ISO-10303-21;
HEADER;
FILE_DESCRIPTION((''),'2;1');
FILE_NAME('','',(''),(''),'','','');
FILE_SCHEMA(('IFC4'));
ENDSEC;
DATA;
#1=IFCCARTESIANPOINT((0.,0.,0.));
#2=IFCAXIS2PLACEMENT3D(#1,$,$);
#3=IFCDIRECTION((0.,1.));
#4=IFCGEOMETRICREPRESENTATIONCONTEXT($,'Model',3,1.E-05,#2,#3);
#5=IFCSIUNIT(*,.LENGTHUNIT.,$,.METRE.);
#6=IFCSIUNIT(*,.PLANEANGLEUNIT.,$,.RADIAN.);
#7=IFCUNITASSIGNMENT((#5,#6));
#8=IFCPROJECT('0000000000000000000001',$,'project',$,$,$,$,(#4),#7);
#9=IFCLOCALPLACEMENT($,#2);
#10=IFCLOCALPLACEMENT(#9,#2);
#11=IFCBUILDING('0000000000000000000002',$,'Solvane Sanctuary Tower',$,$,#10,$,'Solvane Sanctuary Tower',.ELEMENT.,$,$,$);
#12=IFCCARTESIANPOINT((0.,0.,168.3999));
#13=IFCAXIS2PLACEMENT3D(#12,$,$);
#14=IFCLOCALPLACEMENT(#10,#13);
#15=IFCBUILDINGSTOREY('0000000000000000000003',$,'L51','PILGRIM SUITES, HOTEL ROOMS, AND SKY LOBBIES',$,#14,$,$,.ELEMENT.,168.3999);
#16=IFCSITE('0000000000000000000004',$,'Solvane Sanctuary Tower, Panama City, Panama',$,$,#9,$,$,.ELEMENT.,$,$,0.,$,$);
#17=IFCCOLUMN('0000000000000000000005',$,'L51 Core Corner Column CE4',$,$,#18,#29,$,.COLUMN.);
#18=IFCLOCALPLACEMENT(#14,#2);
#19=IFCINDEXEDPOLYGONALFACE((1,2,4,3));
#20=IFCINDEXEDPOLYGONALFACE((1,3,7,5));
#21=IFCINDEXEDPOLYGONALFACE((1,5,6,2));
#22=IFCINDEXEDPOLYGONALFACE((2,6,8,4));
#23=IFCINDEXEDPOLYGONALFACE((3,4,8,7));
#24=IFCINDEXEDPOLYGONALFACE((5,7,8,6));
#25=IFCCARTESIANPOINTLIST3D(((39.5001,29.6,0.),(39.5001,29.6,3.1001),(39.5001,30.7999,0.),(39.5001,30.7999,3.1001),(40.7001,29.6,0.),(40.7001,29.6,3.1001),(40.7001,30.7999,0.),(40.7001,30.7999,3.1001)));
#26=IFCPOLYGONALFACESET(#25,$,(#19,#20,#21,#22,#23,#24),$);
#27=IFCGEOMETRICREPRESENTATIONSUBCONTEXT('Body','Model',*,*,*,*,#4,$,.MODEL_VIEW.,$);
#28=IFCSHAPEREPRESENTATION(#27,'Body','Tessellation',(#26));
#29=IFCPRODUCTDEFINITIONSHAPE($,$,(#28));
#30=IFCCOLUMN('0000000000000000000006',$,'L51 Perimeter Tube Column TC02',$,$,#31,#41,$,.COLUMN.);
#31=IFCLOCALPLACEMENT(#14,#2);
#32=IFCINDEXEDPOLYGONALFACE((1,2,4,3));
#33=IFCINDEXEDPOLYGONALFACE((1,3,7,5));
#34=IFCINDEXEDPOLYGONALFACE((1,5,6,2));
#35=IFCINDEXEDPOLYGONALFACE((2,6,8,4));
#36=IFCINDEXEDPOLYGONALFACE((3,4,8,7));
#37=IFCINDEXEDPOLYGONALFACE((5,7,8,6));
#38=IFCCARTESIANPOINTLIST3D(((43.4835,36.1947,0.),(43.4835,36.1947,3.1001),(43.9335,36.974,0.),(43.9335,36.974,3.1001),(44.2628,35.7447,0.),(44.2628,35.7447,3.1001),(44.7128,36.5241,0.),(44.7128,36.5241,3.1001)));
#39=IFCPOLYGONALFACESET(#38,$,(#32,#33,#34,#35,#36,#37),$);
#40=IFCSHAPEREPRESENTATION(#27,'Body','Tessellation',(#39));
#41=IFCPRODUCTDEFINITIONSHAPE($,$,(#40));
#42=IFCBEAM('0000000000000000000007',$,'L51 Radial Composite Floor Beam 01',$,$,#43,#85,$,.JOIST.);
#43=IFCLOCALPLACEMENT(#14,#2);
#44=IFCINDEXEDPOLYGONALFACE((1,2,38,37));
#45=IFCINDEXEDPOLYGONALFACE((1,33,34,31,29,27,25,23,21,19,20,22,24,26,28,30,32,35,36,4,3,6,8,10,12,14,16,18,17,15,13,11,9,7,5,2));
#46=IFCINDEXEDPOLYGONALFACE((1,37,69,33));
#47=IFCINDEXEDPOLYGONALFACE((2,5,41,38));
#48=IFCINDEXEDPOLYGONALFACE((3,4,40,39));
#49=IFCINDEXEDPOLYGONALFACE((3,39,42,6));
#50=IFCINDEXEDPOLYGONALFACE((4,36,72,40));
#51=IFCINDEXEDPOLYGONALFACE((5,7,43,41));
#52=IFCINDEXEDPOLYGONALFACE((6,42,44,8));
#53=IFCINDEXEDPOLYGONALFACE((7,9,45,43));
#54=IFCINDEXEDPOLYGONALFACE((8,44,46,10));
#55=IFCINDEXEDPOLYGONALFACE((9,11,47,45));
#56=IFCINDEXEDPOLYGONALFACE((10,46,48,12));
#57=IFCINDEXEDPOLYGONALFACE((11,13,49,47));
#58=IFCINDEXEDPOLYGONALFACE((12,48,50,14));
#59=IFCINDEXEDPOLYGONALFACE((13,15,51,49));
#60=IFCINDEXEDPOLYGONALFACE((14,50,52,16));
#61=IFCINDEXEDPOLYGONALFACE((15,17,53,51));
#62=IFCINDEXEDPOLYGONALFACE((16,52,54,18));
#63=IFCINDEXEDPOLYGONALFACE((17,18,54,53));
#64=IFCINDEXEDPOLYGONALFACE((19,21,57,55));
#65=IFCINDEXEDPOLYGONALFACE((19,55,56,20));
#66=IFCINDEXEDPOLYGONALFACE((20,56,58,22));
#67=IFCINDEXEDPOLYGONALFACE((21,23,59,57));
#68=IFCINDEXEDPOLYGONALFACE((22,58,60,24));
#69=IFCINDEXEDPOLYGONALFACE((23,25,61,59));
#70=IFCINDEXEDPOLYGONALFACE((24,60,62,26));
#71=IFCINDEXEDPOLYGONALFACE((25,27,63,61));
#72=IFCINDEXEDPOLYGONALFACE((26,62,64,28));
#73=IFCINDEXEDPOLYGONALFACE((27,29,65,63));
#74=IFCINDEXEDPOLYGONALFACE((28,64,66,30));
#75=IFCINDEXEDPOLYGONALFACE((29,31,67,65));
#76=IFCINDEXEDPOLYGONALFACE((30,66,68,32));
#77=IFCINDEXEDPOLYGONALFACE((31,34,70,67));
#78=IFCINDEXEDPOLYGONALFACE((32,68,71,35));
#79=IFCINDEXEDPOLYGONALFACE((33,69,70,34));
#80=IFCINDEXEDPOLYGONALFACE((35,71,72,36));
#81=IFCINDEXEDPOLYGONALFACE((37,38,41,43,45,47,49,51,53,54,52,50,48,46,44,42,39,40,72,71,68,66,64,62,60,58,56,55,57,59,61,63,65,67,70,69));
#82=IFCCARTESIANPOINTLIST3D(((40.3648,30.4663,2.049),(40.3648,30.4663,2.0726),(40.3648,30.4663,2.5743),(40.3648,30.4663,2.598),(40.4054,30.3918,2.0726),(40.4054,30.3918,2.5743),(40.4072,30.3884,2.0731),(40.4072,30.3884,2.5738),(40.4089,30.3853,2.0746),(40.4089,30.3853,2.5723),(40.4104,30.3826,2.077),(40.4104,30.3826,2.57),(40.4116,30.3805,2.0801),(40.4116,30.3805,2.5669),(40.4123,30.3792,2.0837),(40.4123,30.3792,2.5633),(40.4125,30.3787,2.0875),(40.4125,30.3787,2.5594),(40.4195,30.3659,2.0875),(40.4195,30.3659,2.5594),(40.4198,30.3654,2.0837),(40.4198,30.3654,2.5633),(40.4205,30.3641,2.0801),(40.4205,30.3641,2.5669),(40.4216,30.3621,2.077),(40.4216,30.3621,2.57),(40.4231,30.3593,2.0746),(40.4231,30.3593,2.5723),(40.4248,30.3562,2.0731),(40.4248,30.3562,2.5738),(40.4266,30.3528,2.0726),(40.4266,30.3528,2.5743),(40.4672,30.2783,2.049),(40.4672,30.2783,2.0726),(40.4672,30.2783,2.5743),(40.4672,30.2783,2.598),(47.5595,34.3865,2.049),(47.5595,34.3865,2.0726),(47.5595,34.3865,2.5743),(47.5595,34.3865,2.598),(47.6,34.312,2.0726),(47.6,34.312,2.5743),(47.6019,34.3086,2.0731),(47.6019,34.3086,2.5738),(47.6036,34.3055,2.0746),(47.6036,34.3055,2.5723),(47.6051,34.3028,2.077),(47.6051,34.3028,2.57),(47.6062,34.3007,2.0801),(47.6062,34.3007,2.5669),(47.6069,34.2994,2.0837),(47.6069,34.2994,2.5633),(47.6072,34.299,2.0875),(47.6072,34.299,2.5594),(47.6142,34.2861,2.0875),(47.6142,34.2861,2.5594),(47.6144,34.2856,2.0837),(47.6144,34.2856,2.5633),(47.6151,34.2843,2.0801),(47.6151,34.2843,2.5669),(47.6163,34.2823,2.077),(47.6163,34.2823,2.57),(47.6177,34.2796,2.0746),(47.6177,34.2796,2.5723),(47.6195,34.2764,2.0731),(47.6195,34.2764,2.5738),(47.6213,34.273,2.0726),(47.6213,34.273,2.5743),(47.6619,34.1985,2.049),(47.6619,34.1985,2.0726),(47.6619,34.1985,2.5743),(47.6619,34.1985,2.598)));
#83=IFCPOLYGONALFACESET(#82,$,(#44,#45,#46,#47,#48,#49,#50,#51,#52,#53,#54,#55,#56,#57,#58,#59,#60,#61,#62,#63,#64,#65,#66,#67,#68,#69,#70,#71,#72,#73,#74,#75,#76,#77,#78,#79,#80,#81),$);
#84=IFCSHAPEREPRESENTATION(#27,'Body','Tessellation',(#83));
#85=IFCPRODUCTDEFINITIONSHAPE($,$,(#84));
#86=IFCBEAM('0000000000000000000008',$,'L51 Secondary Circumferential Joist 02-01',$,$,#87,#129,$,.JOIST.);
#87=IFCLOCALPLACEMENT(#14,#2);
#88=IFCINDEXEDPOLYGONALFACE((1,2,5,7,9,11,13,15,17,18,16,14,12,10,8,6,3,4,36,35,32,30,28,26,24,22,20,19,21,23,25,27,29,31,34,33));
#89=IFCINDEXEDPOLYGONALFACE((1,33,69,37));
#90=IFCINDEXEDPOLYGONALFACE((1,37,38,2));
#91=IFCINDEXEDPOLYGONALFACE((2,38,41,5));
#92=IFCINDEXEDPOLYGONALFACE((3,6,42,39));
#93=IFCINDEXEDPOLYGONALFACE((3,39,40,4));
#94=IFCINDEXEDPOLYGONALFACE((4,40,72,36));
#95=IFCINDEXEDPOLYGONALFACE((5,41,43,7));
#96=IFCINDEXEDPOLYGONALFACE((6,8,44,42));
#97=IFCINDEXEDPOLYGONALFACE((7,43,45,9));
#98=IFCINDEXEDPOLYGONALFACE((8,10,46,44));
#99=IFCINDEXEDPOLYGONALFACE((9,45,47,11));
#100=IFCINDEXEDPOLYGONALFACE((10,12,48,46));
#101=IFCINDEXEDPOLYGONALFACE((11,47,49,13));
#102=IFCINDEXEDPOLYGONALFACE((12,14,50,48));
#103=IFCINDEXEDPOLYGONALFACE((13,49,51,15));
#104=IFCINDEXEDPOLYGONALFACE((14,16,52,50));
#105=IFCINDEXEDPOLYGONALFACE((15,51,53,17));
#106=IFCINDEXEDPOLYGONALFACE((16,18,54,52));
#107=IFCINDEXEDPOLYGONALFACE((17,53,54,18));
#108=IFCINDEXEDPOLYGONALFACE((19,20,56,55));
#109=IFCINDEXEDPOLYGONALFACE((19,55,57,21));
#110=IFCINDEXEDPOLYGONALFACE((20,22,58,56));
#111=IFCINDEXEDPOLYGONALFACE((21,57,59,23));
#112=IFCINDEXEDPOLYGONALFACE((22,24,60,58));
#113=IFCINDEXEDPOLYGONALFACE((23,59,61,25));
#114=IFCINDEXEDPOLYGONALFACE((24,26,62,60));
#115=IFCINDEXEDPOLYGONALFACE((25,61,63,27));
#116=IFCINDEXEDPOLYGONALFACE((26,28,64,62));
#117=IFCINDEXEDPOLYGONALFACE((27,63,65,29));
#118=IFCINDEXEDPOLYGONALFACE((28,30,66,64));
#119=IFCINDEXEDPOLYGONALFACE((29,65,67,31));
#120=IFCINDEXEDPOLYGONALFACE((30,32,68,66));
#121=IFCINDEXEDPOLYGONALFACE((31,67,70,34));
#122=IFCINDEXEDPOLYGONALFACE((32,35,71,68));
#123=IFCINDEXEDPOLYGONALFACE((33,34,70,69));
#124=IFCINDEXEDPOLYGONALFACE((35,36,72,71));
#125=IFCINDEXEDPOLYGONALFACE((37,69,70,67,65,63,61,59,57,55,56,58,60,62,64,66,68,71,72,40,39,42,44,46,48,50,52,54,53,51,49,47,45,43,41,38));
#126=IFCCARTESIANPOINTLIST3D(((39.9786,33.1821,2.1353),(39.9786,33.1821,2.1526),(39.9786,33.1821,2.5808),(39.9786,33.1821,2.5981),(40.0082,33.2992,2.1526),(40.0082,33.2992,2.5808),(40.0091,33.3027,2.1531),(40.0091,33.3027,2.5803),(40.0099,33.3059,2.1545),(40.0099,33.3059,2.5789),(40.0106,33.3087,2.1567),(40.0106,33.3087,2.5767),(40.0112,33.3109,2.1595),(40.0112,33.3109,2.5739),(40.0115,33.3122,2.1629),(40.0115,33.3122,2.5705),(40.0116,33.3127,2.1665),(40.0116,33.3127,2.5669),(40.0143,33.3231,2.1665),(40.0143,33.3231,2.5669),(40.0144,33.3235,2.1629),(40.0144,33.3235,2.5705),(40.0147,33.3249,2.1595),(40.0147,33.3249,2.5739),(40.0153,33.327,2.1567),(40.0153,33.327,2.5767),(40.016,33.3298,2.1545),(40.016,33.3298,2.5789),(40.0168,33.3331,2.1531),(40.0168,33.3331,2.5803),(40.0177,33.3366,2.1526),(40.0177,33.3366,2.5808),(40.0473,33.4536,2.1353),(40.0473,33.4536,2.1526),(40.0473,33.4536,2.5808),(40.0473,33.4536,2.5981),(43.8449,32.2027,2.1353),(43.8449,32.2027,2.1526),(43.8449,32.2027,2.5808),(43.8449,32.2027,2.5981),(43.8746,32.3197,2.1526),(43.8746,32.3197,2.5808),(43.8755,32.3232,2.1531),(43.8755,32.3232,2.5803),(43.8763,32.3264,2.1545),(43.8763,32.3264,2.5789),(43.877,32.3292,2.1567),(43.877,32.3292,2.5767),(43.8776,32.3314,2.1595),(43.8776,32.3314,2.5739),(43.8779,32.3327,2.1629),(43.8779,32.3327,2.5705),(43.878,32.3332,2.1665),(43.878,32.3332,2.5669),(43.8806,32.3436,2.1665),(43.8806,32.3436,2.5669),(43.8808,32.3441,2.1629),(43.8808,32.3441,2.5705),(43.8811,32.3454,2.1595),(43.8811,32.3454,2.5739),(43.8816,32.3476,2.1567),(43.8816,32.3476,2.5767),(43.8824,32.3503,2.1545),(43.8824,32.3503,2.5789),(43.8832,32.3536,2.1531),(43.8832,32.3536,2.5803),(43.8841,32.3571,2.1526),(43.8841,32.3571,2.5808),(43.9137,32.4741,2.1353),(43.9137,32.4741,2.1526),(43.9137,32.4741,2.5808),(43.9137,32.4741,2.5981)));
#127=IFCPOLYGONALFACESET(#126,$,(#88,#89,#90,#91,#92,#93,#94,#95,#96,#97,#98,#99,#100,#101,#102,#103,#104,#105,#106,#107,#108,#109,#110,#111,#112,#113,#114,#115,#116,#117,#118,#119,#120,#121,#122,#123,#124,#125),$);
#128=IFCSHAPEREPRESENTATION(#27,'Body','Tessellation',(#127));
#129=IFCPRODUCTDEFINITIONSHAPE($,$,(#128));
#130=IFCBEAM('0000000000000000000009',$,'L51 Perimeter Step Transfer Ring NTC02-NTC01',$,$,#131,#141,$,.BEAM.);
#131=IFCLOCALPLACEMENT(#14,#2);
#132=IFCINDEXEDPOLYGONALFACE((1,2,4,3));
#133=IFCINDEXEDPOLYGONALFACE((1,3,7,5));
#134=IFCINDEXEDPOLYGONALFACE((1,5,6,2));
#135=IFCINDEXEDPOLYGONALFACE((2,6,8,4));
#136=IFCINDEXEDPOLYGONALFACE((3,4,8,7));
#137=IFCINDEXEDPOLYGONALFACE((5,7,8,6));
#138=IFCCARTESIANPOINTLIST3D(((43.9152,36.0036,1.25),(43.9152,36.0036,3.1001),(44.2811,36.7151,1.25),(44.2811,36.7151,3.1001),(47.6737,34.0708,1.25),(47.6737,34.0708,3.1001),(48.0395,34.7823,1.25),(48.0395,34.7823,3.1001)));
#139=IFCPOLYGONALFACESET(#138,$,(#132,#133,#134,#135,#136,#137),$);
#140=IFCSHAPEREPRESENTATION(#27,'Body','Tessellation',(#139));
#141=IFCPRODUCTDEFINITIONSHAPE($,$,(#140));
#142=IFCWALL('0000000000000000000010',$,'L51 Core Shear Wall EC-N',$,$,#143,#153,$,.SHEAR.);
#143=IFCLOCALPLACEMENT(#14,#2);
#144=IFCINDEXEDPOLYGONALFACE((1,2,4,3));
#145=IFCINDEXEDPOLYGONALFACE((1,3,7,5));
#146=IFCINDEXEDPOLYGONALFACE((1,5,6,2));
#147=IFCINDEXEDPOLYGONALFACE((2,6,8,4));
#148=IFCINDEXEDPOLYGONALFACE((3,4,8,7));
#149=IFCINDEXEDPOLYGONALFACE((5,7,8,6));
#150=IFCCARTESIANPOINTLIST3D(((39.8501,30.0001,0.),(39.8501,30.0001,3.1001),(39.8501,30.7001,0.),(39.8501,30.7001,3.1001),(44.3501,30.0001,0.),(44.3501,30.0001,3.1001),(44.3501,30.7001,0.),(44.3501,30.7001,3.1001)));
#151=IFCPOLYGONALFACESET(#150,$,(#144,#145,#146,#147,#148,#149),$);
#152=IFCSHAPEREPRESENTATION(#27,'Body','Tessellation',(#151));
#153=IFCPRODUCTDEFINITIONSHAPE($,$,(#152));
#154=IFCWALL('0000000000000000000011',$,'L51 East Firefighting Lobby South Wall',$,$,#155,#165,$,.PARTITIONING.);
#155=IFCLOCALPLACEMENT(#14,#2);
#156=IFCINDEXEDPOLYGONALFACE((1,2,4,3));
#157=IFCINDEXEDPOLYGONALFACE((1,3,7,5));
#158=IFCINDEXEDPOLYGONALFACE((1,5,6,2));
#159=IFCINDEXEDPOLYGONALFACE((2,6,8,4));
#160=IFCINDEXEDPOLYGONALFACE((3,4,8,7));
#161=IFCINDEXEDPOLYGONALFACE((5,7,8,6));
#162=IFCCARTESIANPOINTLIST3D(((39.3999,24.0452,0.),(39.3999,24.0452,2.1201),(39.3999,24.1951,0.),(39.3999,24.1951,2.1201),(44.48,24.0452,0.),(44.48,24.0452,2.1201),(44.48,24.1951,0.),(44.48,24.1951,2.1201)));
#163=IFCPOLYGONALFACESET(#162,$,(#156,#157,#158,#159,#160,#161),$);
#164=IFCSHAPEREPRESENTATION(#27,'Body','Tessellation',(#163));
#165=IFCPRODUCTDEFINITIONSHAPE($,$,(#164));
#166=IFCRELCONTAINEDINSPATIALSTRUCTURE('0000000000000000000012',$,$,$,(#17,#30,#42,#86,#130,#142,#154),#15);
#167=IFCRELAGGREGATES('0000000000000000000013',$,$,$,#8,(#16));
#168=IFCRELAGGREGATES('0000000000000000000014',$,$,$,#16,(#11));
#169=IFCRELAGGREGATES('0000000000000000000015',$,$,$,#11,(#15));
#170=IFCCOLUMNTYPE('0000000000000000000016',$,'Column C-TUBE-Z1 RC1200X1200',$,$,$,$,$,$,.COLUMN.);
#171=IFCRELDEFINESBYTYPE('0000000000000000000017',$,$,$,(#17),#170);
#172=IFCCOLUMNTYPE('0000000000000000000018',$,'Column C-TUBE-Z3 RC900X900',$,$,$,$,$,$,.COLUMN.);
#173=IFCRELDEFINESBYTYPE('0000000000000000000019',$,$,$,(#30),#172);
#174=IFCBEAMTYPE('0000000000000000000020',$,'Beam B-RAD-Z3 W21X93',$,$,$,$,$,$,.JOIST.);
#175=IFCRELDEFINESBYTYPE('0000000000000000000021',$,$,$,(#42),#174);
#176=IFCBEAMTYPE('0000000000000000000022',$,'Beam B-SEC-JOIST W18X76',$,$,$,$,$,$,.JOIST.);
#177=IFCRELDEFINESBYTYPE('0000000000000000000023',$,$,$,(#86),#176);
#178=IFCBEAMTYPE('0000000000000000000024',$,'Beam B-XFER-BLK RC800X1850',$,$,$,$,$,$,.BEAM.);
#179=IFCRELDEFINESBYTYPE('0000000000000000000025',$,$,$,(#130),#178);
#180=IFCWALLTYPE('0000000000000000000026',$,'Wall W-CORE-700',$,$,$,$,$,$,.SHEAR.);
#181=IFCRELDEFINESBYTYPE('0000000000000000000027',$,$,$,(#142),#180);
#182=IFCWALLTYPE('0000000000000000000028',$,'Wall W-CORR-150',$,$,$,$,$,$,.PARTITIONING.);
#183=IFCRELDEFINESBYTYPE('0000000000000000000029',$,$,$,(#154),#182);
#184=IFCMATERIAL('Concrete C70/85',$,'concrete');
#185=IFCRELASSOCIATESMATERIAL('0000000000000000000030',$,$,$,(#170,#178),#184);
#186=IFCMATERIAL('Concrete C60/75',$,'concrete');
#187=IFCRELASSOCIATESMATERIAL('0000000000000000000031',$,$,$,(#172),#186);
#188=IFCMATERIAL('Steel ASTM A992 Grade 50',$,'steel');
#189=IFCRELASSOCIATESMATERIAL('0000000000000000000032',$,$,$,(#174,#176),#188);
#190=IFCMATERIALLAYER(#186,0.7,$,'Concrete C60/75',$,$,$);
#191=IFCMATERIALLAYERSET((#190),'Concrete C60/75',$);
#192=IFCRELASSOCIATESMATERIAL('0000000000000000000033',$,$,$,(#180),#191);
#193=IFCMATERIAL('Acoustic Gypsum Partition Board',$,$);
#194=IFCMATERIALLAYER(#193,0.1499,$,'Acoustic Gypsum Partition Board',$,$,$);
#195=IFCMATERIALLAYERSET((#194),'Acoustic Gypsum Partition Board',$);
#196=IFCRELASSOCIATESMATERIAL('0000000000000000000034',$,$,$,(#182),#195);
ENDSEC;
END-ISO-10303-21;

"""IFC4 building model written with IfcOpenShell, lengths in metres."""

from ifc_helpers import new_model, si_unit, direction, frame, frame_2d, origin, origin_2d, place, context, subcontext, project, spatial, rectangle, i_section, extrude, material, layer, layer_set, material_profile, profile_set, type_object, element, save


model = new_model("IFC4")

# Units and contexts
model_context = context("Model", 3, precision=1e-05, world=origin(), true_north=direction((0.0, 1.0)))
body_context = subcontext(model_context, "Body", "Model", "MODEL_VIEW")
ifc_project = project(units=[si_unit("LENGTHUNIT", "METRE"), si_unit("PLANEANGLEUNIT", "RADIAN")], contexts=[model_context])

# Site, building, storey
site_placement = place(None, origin())
site = spatial("IfcSite", under=ifc_project, at=site_placement, Name="Solvane Sanctuary Tower, Panama City, Panama", CompositionType="ELEMENT", RefElevation=0.0)
building_placement = place(site_placement, origin())
building = spatial("IfcBuilding", under=site, at=building_placement, Name="Solvane Sanctuary Tower", LongName="Solvane Sanctuary Tower", CompositionType="ELEMENT")
storey_placement = place(building_placement, frame((0.0, 0.0, 168.3999)))
storey = spatial("IfcBuildingStorey", under=building, at=storey_placement, Name="L51", Description="PILGRIM SUITES, HOTEL ROOMS, AND SKY LOBBIES", CompositionType="ELEMENT", Elevation=168.3999)

# Columns
ifc_material_1 = material(Name="Concrete C70/85", Category="concrete")
ifc_material_profile_1 = material_profile(ifc_material_1, rectangle(XDim=1.2, YDim=1.2, at=origin_2d()), Name="RC1200X1200")
ifc_profile_set_1 = profile_set([ifc_material_profile_1], Name="Concrete C70/85")
column_type_1 = type_object("IfcColumnType", Name="Column C-TUBE-Z1 RC1200X1200", PredefinedType="COLUMN", material=ifc_profile_set_1)
column_1_placement = place(storey_placement, frame((40.1001, 30.2, 0.0), z_axis=(0.0, 0.0, 1.0), x_axis=(1.0, 0.0, 0.0)))
element("IfcColumn", 1, at=column_1_placement, inside=storey, type_object=column_type_1, Name="L51 Core Corner Column CE4", PredefinedType="COLUMN", context=body_context, shape_type="SweptSolid", body=[
    extrude(rectangle(XDim=1.2, YDim=1.2, at=origin_2d()), origin(), (0.0, 0.0, 1.0), 3.1001),
])
ifc_material_2 = material(Name="Concrete C60/75", Category="concrete")
ifc_material_profile_2 = material_profile(ifc_material_2, rectangle(XDim=0.8999, YDim=0.8999, at=origin_2d()), Name="RC900X900")
ifc_profile_set_2 = profile_set([ifc_material_profile_2], Name="Concrete C60/75")
column_type_2 = type_object("IfcColumnType", Name="Column C-TUBE-Z3 RC900X900", PredefinedType="COLUMN", material=ifc_profile_set_2)
column_2_placement = place(storey_placement, frame((44.0981, 36.3594, 0.0), z_axis=(0.0, 0.0, 1.0), x_axis=(0.5, 0.866025, 0.0)))
element("IfcColumn", 2, at=column_2_placement, inside=storey, type_object=column_type_2, Name="L51 Perimeter Tube Column TC02", PredefinedType="COLUMN", context=body_context, shape_type="SweptSolid", body=[
    extrude(rectangle(XDim=0.8999, YDim=0.8999, at=origin_2d()), origin(), (0.0, 0.0, 1.0), 3.1001),
])

# Beams
ifc_material_3 = material(Name="Steel ASTM A992 Grade 50", Category="steel")
ifc_material_profile_3 = material_profile(ifc_material_3, i_section(OverallWidth=0.2141, OverallDepth=0.5491, WebThickness=0.0146, FlangeThickness=0.0237, FilletRadius=0.0149, at=origin_2d()), Name="W21X93")
ifc_profile_set_3 = profile_set([ifc_material_profile_3], Name="Steel ASTM A992 Grade 50")
beam_type_1 = type_object("IfcBeamType", Name="Beam B-RAD-Z3 W21X93", PredefinedType="JOIST", material=ifc_profile_set_3)
beam_1_placement = place(storey_placement, frame((40.416, 30.3723, 2.3235), z_axis=(0.878108, 0.478462, 0.0), x_axis=(-0.478462, 0.878108, 0.0)))
element("IfcBeam", 3, at=beam_1_placement, inside=storey, type_object=beam_type_1, Name="L51 Radial Composite Floor Beam 01", PredefinedType="JOIST", context=body_context, shape_type="SweptSolid", body=[
    extrude(i_section(OverallWidth=0.2141, OverallDepth=0.5491, WebThickness=0.0146, FlangeThickness=0.0237, FilletRadius=0.0149, at=origin_2d()), origin(), (0.0, 0.0, 1.0), 8.1934),
])
ifc_material_profile_4 = material_profile(ifc_material_3, i_section(OverallWidth=0.28, OverallDepth=0.4629, WebThickness=0.0107, FlangeThickness=0.0173, FilletRadius=0.0139, at=origin_2d()), Name="W18X76")
ifc_profile_set_4 = profile_set([ifc_material_profile_4], Name="Steel ASTM A992 Grade 50")
beam_type_2 = type_object("IfcBeamType", Name="Beam B-SEC-JOIST W18X76", PredefinedType="JOIST", material=ifc_profile_set_4)
beam_2_placement = place(storey_placement, frame((40.0129, 33.3179, 2.3667), z_axis=(0.969378, -0.245573, 0.0), x_axis=(0.245573, 0.969378, 0.0)))
element("IfcBeam", 4, at=beam_2_placement, inside=storey, type_object=beam_type_2, Name="L51 Secondary Circumferential Joist 02-01", PredefinedType="JOIST", context=body_context, shape_type="SweptSolid", body=[
    extrude(i_section(OverallWidth=0.28, OverallDepth=0.4629, WebThickness=0.0107, FlangeThickness=0.0173, FilletRadius=0.0139, at=origin_2d()), origin(), (0.0, 0.0, 1.0), 3.9885),
])
ifc_material_profile_5 = material_profile(ifc_material_1, rectangle(XDim=0.8, YDim=1.8501, at=origin_2d()), Name="RC800X1850")
ifc_profile_set_5 = profile_set([ifc_material_profile_5], Name="Concrete C70/85")
beam_type_3 = type_object("IfcBeamType", Name="Beam B-XFER-BLK RC800X1850", PredefinedType="BEAM", material=ifc_profile_set_5)
beam_3_placement = place(storey_placement, frame((44.0981, 36.3594, 2.175), z_axis=(0.889298, -0.457328, 0.0), x_axis=(0.457328, 0.889298, 0.0)))
element("IfcBeam", 5, at=beam_3_placement, inside=storey, type_object=beam_type_3, Name="L51 Perimeter Step Transfer Ring NTC02-NTC01", PredefinedType="BEAM", context=body_context, shape_type="SweptSolid", body=[
    extrude(rectangle(XDim=0.8, YDim=1.8501, at=origin_2d()), origin(), (0.0, 0.0, 1.0), 4.2263),
])

# Walls
ifc_layer_1 = layer(ifc_material_2, 0.7, Name="Concrete C60/75")
ifc_layer_set_1 = layer_set([ifc_layer_1], Name="Concrete C60/75")
wall_type_1 = type_object("IfcWallType", Name="Wall W-CORE-700", PredefinedType="SHEAR", material=ifc_layer_set_1)
wall_1_placement = place(storey_placement, frame((39.8501, 30.3501, 0.0), z_axis=(0.0, 0.0, 1.0), x_axis=(1.0, 0.0, 0.0)))
element("IfcWall", 6, at=wall_1_placement, inside=storey, type_object=wall_type_1, Name="L51 Core Shear Wall EC-N", PredefinedType="SHEAR", context=body_context, shape_type="SweptSolid", body=[
    extrude(rectangle(XDim=4.5, YDim=0.7, at=frame_2d((2.25, 0.0))), origin(), (0.0, 0.0, 1.0), 3.1001),
])
ifc_material_4 = material(Name="Acoustic Gypsum Partition Board")
ifc_layer_2 = layer(ifc_material_4, 0.1499, Name="Acoustic Gypsum Partition Board")
ifc_layer_set_2 = layer_set([ifc_layer_2], Name="Acoustic Gypsum Partition Board")
wall_type_2 = type_object("IfcWallType", Name="Wall W-CORR-150", PredefinedType="PARTITIONING", material=ifc_layer_set_2)
wall_2_placement = place(storey_placement, frame((39.3999, 24.1201, 0.0), z_axis=(0.0, 0.0, 1.0), x_axis=(1.0, 0.0, 0.0)))
element("IfcWall", 7, at=wall_2_placement, inside=storey, type_object=wall_type_2, Name="L51 East Firefighting Lobby South Wall", PredefinedType="PARTITIONING", context=body_context, shape_type="SweptSolid", body=[
    extrude(rectangle(XDim=5.0801, YDim=0.1499, at=frame_2d((2.54, 0.0))), origin(), (0.0, 0.0, 1.0), 2.1201),
])

save(model, "model.ifc")
